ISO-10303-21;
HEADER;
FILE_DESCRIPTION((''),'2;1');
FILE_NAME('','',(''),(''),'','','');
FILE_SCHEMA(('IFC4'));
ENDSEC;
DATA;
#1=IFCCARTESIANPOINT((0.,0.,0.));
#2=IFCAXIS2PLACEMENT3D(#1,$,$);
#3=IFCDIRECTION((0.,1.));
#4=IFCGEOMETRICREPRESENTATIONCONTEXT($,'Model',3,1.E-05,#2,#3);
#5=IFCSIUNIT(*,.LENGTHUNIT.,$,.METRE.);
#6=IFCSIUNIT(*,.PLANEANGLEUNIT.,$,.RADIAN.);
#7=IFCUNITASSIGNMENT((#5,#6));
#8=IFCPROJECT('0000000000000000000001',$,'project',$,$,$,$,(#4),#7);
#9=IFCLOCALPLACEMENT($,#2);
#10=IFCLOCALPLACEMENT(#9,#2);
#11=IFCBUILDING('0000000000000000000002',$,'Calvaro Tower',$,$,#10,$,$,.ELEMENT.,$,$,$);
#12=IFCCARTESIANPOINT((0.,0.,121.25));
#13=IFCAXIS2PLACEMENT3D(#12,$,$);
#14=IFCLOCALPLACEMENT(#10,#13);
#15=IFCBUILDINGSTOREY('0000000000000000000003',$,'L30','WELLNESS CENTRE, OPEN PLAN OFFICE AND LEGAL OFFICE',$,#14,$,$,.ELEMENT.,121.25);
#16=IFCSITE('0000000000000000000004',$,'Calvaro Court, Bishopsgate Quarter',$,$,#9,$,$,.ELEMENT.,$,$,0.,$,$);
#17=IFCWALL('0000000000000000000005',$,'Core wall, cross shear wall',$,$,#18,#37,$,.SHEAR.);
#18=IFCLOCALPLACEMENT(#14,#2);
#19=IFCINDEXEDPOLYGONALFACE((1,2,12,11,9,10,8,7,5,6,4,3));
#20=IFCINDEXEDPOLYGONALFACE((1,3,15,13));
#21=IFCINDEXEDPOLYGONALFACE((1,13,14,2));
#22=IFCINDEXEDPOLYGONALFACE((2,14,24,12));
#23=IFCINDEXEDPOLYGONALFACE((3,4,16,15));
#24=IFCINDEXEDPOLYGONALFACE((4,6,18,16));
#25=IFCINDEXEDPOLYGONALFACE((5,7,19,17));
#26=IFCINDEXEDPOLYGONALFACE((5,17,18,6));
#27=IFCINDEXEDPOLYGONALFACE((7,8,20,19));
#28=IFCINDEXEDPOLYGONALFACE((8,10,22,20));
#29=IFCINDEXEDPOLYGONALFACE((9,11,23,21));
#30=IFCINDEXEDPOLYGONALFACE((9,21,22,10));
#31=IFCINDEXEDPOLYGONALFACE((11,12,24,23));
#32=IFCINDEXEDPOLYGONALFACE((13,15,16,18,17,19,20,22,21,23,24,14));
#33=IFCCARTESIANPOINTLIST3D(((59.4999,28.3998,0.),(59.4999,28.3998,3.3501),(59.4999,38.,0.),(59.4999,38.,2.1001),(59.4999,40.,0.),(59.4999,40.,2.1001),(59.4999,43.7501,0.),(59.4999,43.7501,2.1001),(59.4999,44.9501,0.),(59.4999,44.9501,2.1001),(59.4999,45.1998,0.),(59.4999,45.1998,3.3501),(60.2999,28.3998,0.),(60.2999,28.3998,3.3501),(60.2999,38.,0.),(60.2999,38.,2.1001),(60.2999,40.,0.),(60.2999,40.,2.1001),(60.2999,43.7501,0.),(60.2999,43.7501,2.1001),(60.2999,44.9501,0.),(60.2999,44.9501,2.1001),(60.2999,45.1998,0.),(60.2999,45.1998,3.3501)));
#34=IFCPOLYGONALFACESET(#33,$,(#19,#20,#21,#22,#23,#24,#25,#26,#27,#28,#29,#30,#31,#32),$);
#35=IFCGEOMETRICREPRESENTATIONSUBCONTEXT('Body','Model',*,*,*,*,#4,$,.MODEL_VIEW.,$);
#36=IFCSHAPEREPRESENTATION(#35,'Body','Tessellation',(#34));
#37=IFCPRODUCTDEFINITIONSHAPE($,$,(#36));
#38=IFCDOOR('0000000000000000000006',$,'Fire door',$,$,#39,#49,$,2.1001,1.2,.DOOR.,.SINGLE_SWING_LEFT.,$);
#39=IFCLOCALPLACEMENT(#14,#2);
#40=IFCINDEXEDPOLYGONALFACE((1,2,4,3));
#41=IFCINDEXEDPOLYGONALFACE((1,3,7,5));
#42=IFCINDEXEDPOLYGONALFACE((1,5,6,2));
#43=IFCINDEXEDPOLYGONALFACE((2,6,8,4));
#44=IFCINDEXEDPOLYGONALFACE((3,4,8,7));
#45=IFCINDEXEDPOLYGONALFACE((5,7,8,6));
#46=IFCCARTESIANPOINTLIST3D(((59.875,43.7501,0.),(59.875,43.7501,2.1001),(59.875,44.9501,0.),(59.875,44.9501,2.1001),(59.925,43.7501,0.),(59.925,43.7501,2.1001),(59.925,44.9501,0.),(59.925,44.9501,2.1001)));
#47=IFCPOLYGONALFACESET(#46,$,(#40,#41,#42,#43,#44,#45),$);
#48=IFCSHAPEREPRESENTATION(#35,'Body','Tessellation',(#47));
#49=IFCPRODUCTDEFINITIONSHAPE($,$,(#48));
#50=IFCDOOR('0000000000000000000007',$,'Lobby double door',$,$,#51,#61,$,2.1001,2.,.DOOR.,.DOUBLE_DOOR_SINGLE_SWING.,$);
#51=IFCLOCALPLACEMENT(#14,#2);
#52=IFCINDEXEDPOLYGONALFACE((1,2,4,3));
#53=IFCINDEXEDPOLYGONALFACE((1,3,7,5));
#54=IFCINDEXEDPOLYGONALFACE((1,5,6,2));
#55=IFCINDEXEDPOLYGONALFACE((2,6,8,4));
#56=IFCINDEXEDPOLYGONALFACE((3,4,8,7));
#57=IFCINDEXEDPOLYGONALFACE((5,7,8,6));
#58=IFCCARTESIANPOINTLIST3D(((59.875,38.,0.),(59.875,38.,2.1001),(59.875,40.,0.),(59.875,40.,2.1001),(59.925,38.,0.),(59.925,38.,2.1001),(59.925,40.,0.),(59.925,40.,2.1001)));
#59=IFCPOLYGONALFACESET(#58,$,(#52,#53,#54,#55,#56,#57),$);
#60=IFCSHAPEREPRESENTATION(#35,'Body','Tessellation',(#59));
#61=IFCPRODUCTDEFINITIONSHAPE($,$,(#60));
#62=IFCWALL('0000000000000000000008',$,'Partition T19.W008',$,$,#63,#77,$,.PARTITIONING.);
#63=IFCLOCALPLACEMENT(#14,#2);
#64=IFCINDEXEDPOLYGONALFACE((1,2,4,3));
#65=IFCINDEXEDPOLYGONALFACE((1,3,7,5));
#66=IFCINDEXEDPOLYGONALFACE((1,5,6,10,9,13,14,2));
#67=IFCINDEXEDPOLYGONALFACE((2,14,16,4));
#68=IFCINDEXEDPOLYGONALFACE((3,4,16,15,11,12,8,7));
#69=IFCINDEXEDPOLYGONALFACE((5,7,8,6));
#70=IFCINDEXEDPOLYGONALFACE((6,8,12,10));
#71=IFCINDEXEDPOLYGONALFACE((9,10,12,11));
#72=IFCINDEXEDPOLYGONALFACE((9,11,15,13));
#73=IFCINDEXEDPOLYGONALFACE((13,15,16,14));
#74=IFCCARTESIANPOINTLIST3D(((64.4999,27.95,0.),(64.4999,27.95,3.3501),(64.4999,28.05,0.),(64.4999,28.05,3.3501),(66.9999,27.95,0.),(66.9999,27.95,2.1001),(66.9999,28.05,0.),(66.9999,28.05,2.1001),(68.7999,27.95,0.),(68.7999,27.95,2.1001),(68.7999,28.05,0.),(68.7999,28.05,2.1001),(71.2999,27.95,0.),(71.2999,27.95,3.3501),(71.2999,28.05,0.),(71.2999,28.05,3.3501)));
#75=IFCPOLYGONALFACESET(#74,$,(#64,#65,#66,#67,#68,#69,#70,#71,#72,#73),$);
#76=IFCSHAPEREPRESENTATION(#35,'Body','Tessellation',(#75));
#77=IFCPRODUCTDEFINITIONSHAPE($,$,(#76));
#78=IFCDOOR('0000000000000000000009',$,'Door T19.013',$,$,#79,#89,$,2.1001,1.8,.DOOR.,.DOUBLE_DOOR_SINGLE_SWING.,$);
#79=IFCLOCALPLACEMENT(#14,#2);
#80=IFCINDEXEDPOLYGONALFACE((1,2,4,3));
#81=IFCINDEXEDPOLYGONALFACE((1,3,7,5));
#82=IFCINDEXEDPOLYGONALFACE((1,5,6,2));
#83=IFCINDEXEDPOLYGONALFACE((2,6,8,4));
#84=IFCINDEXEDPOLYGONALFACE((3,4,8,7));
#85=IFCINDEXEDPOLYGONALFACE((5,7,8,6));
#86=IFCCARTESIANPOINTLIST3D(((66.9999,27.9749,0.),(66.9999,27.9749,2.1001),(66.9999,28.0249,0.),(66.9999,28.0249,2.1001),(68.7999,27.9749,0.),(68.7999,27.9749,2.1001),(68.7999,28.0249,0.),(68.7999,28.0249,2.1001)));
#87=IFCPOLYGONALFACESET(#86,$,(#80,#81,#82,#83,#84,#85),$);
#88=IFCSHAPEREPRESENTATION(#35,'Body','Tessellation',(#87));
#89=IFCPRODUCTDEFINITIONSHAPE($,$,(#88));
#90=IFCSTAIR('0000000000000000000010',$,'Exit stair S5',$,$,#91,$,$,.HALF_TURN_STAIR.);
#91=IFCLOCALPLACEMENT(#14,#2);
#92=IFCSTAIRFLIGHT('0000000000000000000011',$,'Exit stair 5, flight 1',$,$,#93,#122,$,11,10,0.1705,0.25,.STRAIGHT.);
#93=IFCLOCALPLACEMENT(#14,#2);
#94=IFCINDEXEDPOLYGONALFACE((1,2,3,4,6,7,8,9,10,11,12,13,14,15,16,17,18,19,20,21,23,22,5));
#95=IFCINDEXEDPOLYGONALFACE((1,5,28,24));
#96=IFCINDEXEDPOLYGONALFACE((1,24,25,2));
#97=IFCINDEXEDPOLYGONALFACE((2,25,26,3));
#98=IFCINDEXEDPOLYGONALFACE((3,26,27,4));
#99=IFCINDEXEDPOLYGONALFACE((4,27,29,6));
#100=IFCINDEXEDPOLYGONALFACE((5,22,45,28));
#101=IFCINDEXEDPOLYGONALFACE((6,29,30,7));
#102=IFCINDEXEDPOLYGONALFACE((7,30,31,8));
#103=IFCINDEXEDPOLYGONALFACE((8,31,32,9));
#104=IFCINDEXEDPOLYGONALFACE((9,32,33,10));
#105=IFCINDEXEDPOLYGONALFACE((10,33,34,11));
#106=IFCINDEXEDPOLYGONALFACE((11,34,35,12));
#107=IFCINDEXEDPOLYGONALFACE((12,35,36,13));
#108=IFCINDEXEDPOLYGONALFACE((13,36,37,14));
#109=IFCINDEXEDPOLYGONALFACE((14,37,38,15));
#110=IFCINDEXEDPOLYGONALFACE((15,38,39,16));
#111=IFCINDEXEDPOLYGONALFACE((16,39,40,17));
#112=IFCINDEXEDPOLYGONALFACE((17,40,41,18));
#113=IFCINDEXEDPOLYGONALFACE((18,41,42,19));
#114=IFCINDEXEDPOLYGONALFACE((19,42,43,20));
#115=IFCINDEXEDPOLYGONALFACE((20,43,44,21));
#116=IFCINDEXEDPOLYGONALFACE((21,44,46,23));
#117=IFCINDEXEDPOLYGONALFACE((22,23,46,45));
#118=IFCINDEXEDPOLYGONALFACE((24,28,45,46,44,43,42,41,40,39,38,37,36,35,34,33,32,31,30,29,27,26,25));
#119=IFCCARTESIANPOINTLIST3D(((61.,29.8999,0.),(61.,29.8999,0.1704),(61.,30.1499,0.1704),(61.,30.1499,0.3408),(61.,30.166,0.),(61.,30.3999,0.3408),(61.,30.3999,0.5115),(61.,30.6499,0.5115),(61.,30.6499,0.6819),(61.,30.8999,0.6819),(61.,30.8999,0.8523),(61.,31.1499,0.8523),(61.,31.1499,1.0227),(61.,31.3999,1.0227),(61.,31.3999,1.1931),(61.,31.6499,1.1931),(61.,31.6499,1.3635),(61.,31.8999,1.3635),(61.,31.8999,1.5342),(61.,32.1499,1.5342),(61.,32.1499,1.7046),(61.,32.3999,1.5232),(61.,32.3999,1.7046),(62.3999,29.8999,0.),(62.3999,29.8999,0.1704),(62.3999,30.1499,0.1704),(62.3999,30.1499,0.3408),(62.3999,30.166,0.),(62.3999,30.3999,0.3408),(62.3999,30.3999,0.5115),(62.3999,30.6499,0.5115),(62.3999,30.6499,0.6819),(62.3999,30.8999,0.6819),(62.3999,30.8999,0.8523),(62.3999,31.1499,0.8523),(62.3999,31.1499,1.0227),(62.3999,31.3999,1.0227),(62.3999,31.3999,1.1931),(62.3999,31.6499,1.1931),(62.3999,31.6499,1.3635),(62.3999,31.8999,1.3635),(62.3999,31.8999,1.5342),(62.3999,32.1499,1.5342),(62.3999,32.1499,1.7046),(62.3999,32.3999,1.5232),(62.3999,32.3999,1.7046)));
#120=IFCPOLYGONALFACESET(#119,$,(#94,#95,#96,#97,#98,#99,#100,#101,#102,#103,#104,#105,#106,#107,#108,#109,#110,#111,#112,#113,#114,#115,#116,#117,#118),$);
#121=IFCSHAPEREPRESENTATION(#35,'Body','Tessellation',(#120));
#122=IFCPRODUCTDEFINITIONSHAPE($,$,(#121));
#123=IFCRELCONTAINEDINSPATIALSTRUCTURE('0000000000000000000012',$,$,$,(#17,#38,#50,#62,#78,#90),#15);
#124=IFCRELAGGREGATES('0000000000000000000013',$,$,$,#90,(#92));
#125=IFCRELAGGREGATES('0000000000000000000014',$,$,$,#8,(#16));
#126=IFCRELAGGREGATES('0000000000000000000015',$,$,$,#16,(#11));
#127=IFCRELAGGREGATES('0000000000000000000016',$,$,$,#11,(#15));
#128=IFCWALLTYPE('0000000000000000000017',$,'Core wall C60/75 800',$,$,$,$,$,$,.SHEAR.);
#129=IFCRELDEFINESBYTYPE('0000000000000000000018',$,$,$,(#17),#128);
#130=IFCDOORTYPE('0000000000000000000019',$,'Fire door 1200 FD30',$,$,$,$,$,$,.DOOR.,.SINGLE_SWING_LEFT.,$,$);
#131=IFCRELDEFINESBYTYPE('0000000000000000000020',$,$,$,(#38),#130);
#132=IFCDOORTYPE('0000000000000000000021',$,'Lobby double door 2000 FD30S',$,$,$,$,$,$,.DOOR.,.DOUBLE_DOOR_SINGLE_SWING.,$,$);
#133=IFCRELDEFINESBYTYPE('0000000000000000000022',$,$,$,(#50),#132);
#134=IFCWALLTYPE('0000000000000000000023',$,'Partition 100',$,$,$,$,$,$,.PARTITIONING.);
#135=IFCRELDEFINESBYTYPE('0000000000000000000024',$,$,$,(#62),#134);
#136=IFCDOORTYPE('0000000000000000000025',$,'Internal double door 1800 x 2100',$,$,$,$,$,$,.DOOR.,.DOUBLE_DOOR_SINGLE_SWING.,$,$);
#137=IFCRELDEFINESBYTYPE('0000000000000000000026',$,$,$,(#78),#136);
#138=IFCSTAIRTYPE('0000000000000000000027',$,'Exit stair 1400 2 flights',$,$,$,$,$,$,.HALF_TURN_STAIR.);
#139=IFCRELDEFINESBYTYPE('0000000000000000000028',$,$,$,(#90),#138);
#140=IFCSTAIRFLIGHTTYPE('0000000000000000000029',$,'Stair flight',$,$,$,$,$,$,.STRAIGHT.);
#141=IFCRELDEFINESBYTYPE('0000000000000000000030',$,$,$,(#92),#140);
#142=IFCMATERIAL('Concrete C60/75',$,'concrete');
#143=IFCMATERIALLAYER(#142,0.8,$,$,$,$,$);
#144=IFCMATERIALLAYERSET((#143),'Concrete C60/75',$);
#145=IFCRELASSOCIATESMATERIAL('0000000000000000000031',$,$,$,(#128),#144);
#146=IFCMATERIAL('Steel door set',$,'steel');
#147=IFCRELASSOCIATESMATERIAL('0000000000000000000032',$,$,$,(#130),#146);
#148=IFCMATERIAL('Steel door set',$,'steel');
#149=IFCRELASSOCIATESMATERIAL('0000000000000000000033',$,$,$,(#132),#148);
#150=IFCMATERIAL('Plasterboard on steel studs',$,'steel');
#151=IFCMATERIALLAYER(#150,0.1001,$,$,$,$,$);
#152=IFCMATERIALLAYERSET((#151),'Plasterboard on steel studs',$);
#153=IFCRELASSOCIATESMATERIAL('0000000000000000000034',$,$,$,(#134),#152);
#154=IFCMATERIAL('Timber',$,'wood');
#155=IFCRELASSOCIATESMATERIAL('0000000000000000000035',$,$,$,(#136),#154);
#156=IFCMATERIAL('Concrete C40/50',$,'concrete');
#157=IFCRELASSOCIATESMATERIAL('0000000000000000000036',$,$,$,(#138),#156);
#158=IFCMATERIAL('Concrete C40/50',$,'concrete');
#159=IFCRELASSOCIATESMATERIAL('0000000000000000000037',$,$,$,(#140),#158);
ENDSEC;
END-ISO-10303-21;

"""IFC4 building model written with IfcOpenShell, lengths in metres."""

from ifc_helpers import new_model, si_unit, direction, frame, frame_2d, origin, place, context, subcontext, project, spatial, polyline, rectangle, outline, extrude, material, layer, layer_set, type_object, element, fill, aggregate, save


model = new_model("IFC4")

# Units and contexts
model_context = context("Model", 3, precision=1e-05, world=origin(), true_north=direction((0.0, 1.0)))
body_context = subcontext(model_context, "Body", "Model", "MODEL_VIEW")
ifc_project = project(units=[si_unit("LENGTHUNIT", "METRE"), si_unit("PLANEANGLEUNIT", "RADIAN")], contexts=[model_context])

# Site, building, storey
site_placement = place(None, origin())
site = spatial("IfcSite", under=ifc_project, at=site_placement, Name="Calvaro Court, Bishopsgate Quarter", CompositionType="ELEMENT", RefElevation=0.0)
building_placement = place(site_placement, origin())
building = spatial("IfcBuilding", under=site, at=building_placement, Name="Calvaro Tower", CompositionType="ELEMENT")
storey_placement = place(building_placement, frame((0.0, 0.0, 121.25)))
storey = spatial("IfcBuildingStorey", under=building, at=storey_placement, Name="L30", Description="WELLNESS CENTRE, OPEN PLAN OFFICE AND LEGAL OFFICE", CompositionType="ELEMENT", Elevation=121.25)

# Wall, openings, doors
ifc_material_1 = material(Name="Concrete C60/75", Category="concrete")
ifc_layer_1 = layer(ifc_material_1, 0.8)
ifc_layer_set_1 = layer_set([ifc_layer_1], Name="Concrete C60/75")
wall_type_1 = type_object("IfcWallType", Name="Core wall C60/75 800", PredefinedType="SHEAR", material=ifc_layer_set_1)
wall_1_placement = place(storey_placement, frame((59.8999, 28.3999, 0.0), z_axis=(0.0, 0.0, 1.0), x_axis=(0.0, 1.0, 0.0)))
wall_1 = element("IfcWall", 1, at=wall_1_placement, inside=storey, type_object=wall_type_1, Name="Core wall, cross shear wall", PredefinedType="SHEAR", context=body_context, shape_type="SweptSolid", body=[
    extrude(rectangle(XDim=16.8, YDim=0.8, at=frame_2d((8.3999, 0.0))), origin(), (0.0, 0.0, 1.0), 3.3501),
])
opening_1_placement = place(wall_1_placement, frame((9.6001, 0.0, 0.0)))
opening_1 = element("IfcOpeningElement", 2, at=opening_1_placement, cuts=wall_1, PredefinedType="OPENING", context=body_context, shape_type="SweptSolid", body=[
    extrude(rectangle(XDim=2.0, YDim=2.1001, at=frame_2d((1.0, 1.05))), frame((0.0, 0.4099, 0.0), z_axis=(0.0, -1.0, 0.0), x_axis=(1.0, 0.0, 0.0)), (0.0, 0.0, 1.0), 0.8201),
])
opening_2_placement = place(wall_1_placement, frame((15.3501, 0.0, 0.0)))
opening_2 = element("IfcOpeningElement", 3, at=opening_2_placement, cuts=wall_1, PredefinedType="OPENING", context=body_context, shape_type="SweptSolid", body=[
    extrude(rectangle(XDim=1.2, YDim=2.1001, at=frame_2d((0.6001, 1.05))), frame((0.0, 0.4099, 0.0), z_axis=(0.0, -1.0, 0.0), x_axis=(1.0, 0.0, 0.0)), (0.0, 0.0, 1.0), 0.8201),
])
ifc_material_2 = material(Name="Steel door set", Category="steel")
door_type_1 = type_object("IfcDoorType", Name="Fire door 1200 FD30", OperationType="SINGLE_SWING_LEFT", PredefinedType="DOOR", material=ifc_material_2)
door_1_placement = place(opening_2_placement, origin())
door_1 = element("IfcDoor", 4, at=door_1_placement, inside=storey, type_object=door_type_1, Name="Fire door", OperationType="SINGLE_SWING_LEFT", OverallHeight=2.1001, OverallWidth=1.2, PredefinedType="DOOR", context=body_context, shape_type="SweptSolid", body=[
    extrude(rectangle(XDim=1.2, YDim=2.1001, at=frame_2d((0.6001, 1.05))), frame((0.0, 0.0249, 0.0), z_axis=(0.0, -1.0, 0.0), x_axis=(1.0, 0.0, 0.0)), (0.0, 0.0, 1.0), 0.05),
])
fill(opening_2, door_1)
ifc_material_3 = material(Name="Steel door set", Category="steel")
door_type_2 = type_object("IfcDoorType", Name="Lobby double door 2000 FD30S", OperationType="DOUBLE_DOOR_SINGLE_SWING", PredefinedType="DOOR", material=ifc_material_3)
door_2_placement = place(opening_1_placement, origin())
door_2 = element("IfcDoor", 5, at=door_2_placement, inside=storey, type_object=door_type_2, Name="Lobby double door", OperationType="DOUBLE_DOOR_SINGLE_SWING", OverallHeight=2.1001, OverallWidth=2.0, PredefinedType="DOOR", context=body_context, shape_type="SweptSolid", body=[
    extrude(rectangle(XDim=2.0, YDim=2.1001, at=frame_2d((1.0, 1.05))), frame((0.0, 0.0249, 0.0), z_axis=(0.0, -1.0, 0.0), x_axis=(1.0, 0.0, 0.0)), (0.0, 0.0, 1.0), 0.05),
])
fill(opening_1, door_2)

# Wall, opening, door
ifc_material_4 = material(Name="Plasterboard on steel studs", Category="steel")
ifc_layer_2 = layer(ifc_material_4, 0.1001)
ifc_layer_set_2 = layer_set([ifc_layer_2], Name="Plasterboard on steel studs")
wall_type_2 = type_object("IfcWallType", Name="Partition 100", PredefinedType="PARTITIONING", material=ifc_layer_set_2)
wall_2_placement = place(storey_placement, frame((64.5, 28.0, 0.0), z_axis=(0.0, 0.0, 1.0), x_axis=(1.0, 0.0, 0.0)))
wall_2 = element("IfcWall", 6, at=wall_2_placement, inside=storey, type_object=wall_type_2, Name="Partition T19.W008", PredefinedType="PARTITIONING", context=body_context, shape_type="SweptSolid", body=[
    extrude(rectangle(XDim=6.8, YDim=0.1001, at=frame_2d((3.3999, 0.0))), origin(), (0.0, 0.0, 1.0), 3.3501),
])
opening_3_placement = place(wall_2_placement, frame((2.5, 0.0, 0.0)))
opening_3 = element("IfcOpeningElement", 7, at=opening_3_placement, cuts=wall_2, PredefinedType="OPENING", context=body_context, shape_type="SweptSolid", body=[
    extrude(rectangle(XDim=1.8, YDim=2.1001, at=frame_2d((0.8999, 1.05))), frame((0.0, 0.0601, 0.0), z_axis=(0.0, -1.0, 0.0), x_axis=(1.0, 0.0, 0.0)), (0.0, 0.0, 1.0), 0.1201),
])
ifc_material_5 = material(Name="Timber", Category="wood")
door_type_3 = type_object("IfcDoorType", Name="Internal double door 1800 x 2100", OperationType="DOUBLE_DOOR_SINGLE_SWING", PredefinedType="DOOR", material=ifc_material_5)
door_3_placement = place(opening_3_placement, origin())
door_3 = element("IfcDoor", 8, at=door_3_placement, inside=storey, type_object=door_type_3, Name="Door T19.013", OperationType="DOUBLE_DOOR_SINGLE_SWING", OverallHeight=2.1001, OverallWidth=1.8, PredefinedType="DOOR", context=body_context, shape_type="SweptSolid", body=[
    extrude(rectangle(XDim=1.8, YDim=2.1001, at=frame_2d((0.8999, 1.05))), frame((0.0, 0.0249, 0.0), z_axis=(0.0, -1.0, 0.0), x_axis=(1.0, 0.0, 0.0)), (0.0, 0.0, 1.0), 0.05),
])
fill(opening_3, door_3)

# Stair, stair flight
ifc_material_6 = material(Name="Concrete C40/50", Category="concrete")
stair_type = type_object("IfcStairType", Name="Exit stair 1400 2 flights", PredefinedType="HALF_TURN_STAIR", material=ifc_material_6)
stair_1_placement = place(storey_placement, origin())
stair_1 = element("IfcStair", 9, at=stair_1_placement, inside=storey, type_object=stair_type, Name="Exit stair S5", PredefinedType="HALF_TURN_STAIR")
ifc_material_7 = material(Name="Concrete C40/50", Category="concrete")
stair_flight_type = type_object("IfcStairFlightType", Name="Stair flight", PredefinedType="STRAIGHT", material=ifc_material_7)
stair_flight_placement = place(storey_placement, frame((61.7, 29.8999, 0.0), z_axis=(0.0, 0.0, 1.0), x_axis=(0.0, 1.0, 0.0)))
stair_flight = element("IfcStairFlight", 10, at=stair_flight_placement, type_object=stair_flight_type, Name="Exit stair 5, flight 1", NumberOfRisers=11, NumberOfTreads=10, PredefinedType="STRAIGHT", RiserHeight=0.1705, TreadLength=0.25, context=body_context, shape_type="SweptSolid", body=[
    extrude(outline(polyline([(0.0, 0.0), (0.0, 0.1704), (0.25, 0.1704), (0.25, 0.3408), (0.5, 0.3408), (0.5, 0.5115), (0.75, 0.5115), (0.75, 0.6819), (1.0, 0.6819), (1.0, 0.8523), (1.25, 0.8523), (1.25, 1.0227), (1.5, 1.0227), (1.5, 1.1931), (1.75, 1.1931), (1.75, 1.3635), (2.0, 1.3635), (2.0, 1.5342), (2.25, 1.5342), (2.25, 1.7046), (2.5, 1.7046), (2.5, 1.875), (2.5, 1.5232), (0.2661, 0.0), (0.0, 0.0)])), frame((0.0, 0.7, 0.0), z_axis=(0.0, -1.0, 0.0), x_axis=(1.0, 0.0, 0.0)), (0.0, 0.0, 1.0), 1.3999),
])

aggregate(stair_1, [stair_flight])

save(model, "model.ifc")
